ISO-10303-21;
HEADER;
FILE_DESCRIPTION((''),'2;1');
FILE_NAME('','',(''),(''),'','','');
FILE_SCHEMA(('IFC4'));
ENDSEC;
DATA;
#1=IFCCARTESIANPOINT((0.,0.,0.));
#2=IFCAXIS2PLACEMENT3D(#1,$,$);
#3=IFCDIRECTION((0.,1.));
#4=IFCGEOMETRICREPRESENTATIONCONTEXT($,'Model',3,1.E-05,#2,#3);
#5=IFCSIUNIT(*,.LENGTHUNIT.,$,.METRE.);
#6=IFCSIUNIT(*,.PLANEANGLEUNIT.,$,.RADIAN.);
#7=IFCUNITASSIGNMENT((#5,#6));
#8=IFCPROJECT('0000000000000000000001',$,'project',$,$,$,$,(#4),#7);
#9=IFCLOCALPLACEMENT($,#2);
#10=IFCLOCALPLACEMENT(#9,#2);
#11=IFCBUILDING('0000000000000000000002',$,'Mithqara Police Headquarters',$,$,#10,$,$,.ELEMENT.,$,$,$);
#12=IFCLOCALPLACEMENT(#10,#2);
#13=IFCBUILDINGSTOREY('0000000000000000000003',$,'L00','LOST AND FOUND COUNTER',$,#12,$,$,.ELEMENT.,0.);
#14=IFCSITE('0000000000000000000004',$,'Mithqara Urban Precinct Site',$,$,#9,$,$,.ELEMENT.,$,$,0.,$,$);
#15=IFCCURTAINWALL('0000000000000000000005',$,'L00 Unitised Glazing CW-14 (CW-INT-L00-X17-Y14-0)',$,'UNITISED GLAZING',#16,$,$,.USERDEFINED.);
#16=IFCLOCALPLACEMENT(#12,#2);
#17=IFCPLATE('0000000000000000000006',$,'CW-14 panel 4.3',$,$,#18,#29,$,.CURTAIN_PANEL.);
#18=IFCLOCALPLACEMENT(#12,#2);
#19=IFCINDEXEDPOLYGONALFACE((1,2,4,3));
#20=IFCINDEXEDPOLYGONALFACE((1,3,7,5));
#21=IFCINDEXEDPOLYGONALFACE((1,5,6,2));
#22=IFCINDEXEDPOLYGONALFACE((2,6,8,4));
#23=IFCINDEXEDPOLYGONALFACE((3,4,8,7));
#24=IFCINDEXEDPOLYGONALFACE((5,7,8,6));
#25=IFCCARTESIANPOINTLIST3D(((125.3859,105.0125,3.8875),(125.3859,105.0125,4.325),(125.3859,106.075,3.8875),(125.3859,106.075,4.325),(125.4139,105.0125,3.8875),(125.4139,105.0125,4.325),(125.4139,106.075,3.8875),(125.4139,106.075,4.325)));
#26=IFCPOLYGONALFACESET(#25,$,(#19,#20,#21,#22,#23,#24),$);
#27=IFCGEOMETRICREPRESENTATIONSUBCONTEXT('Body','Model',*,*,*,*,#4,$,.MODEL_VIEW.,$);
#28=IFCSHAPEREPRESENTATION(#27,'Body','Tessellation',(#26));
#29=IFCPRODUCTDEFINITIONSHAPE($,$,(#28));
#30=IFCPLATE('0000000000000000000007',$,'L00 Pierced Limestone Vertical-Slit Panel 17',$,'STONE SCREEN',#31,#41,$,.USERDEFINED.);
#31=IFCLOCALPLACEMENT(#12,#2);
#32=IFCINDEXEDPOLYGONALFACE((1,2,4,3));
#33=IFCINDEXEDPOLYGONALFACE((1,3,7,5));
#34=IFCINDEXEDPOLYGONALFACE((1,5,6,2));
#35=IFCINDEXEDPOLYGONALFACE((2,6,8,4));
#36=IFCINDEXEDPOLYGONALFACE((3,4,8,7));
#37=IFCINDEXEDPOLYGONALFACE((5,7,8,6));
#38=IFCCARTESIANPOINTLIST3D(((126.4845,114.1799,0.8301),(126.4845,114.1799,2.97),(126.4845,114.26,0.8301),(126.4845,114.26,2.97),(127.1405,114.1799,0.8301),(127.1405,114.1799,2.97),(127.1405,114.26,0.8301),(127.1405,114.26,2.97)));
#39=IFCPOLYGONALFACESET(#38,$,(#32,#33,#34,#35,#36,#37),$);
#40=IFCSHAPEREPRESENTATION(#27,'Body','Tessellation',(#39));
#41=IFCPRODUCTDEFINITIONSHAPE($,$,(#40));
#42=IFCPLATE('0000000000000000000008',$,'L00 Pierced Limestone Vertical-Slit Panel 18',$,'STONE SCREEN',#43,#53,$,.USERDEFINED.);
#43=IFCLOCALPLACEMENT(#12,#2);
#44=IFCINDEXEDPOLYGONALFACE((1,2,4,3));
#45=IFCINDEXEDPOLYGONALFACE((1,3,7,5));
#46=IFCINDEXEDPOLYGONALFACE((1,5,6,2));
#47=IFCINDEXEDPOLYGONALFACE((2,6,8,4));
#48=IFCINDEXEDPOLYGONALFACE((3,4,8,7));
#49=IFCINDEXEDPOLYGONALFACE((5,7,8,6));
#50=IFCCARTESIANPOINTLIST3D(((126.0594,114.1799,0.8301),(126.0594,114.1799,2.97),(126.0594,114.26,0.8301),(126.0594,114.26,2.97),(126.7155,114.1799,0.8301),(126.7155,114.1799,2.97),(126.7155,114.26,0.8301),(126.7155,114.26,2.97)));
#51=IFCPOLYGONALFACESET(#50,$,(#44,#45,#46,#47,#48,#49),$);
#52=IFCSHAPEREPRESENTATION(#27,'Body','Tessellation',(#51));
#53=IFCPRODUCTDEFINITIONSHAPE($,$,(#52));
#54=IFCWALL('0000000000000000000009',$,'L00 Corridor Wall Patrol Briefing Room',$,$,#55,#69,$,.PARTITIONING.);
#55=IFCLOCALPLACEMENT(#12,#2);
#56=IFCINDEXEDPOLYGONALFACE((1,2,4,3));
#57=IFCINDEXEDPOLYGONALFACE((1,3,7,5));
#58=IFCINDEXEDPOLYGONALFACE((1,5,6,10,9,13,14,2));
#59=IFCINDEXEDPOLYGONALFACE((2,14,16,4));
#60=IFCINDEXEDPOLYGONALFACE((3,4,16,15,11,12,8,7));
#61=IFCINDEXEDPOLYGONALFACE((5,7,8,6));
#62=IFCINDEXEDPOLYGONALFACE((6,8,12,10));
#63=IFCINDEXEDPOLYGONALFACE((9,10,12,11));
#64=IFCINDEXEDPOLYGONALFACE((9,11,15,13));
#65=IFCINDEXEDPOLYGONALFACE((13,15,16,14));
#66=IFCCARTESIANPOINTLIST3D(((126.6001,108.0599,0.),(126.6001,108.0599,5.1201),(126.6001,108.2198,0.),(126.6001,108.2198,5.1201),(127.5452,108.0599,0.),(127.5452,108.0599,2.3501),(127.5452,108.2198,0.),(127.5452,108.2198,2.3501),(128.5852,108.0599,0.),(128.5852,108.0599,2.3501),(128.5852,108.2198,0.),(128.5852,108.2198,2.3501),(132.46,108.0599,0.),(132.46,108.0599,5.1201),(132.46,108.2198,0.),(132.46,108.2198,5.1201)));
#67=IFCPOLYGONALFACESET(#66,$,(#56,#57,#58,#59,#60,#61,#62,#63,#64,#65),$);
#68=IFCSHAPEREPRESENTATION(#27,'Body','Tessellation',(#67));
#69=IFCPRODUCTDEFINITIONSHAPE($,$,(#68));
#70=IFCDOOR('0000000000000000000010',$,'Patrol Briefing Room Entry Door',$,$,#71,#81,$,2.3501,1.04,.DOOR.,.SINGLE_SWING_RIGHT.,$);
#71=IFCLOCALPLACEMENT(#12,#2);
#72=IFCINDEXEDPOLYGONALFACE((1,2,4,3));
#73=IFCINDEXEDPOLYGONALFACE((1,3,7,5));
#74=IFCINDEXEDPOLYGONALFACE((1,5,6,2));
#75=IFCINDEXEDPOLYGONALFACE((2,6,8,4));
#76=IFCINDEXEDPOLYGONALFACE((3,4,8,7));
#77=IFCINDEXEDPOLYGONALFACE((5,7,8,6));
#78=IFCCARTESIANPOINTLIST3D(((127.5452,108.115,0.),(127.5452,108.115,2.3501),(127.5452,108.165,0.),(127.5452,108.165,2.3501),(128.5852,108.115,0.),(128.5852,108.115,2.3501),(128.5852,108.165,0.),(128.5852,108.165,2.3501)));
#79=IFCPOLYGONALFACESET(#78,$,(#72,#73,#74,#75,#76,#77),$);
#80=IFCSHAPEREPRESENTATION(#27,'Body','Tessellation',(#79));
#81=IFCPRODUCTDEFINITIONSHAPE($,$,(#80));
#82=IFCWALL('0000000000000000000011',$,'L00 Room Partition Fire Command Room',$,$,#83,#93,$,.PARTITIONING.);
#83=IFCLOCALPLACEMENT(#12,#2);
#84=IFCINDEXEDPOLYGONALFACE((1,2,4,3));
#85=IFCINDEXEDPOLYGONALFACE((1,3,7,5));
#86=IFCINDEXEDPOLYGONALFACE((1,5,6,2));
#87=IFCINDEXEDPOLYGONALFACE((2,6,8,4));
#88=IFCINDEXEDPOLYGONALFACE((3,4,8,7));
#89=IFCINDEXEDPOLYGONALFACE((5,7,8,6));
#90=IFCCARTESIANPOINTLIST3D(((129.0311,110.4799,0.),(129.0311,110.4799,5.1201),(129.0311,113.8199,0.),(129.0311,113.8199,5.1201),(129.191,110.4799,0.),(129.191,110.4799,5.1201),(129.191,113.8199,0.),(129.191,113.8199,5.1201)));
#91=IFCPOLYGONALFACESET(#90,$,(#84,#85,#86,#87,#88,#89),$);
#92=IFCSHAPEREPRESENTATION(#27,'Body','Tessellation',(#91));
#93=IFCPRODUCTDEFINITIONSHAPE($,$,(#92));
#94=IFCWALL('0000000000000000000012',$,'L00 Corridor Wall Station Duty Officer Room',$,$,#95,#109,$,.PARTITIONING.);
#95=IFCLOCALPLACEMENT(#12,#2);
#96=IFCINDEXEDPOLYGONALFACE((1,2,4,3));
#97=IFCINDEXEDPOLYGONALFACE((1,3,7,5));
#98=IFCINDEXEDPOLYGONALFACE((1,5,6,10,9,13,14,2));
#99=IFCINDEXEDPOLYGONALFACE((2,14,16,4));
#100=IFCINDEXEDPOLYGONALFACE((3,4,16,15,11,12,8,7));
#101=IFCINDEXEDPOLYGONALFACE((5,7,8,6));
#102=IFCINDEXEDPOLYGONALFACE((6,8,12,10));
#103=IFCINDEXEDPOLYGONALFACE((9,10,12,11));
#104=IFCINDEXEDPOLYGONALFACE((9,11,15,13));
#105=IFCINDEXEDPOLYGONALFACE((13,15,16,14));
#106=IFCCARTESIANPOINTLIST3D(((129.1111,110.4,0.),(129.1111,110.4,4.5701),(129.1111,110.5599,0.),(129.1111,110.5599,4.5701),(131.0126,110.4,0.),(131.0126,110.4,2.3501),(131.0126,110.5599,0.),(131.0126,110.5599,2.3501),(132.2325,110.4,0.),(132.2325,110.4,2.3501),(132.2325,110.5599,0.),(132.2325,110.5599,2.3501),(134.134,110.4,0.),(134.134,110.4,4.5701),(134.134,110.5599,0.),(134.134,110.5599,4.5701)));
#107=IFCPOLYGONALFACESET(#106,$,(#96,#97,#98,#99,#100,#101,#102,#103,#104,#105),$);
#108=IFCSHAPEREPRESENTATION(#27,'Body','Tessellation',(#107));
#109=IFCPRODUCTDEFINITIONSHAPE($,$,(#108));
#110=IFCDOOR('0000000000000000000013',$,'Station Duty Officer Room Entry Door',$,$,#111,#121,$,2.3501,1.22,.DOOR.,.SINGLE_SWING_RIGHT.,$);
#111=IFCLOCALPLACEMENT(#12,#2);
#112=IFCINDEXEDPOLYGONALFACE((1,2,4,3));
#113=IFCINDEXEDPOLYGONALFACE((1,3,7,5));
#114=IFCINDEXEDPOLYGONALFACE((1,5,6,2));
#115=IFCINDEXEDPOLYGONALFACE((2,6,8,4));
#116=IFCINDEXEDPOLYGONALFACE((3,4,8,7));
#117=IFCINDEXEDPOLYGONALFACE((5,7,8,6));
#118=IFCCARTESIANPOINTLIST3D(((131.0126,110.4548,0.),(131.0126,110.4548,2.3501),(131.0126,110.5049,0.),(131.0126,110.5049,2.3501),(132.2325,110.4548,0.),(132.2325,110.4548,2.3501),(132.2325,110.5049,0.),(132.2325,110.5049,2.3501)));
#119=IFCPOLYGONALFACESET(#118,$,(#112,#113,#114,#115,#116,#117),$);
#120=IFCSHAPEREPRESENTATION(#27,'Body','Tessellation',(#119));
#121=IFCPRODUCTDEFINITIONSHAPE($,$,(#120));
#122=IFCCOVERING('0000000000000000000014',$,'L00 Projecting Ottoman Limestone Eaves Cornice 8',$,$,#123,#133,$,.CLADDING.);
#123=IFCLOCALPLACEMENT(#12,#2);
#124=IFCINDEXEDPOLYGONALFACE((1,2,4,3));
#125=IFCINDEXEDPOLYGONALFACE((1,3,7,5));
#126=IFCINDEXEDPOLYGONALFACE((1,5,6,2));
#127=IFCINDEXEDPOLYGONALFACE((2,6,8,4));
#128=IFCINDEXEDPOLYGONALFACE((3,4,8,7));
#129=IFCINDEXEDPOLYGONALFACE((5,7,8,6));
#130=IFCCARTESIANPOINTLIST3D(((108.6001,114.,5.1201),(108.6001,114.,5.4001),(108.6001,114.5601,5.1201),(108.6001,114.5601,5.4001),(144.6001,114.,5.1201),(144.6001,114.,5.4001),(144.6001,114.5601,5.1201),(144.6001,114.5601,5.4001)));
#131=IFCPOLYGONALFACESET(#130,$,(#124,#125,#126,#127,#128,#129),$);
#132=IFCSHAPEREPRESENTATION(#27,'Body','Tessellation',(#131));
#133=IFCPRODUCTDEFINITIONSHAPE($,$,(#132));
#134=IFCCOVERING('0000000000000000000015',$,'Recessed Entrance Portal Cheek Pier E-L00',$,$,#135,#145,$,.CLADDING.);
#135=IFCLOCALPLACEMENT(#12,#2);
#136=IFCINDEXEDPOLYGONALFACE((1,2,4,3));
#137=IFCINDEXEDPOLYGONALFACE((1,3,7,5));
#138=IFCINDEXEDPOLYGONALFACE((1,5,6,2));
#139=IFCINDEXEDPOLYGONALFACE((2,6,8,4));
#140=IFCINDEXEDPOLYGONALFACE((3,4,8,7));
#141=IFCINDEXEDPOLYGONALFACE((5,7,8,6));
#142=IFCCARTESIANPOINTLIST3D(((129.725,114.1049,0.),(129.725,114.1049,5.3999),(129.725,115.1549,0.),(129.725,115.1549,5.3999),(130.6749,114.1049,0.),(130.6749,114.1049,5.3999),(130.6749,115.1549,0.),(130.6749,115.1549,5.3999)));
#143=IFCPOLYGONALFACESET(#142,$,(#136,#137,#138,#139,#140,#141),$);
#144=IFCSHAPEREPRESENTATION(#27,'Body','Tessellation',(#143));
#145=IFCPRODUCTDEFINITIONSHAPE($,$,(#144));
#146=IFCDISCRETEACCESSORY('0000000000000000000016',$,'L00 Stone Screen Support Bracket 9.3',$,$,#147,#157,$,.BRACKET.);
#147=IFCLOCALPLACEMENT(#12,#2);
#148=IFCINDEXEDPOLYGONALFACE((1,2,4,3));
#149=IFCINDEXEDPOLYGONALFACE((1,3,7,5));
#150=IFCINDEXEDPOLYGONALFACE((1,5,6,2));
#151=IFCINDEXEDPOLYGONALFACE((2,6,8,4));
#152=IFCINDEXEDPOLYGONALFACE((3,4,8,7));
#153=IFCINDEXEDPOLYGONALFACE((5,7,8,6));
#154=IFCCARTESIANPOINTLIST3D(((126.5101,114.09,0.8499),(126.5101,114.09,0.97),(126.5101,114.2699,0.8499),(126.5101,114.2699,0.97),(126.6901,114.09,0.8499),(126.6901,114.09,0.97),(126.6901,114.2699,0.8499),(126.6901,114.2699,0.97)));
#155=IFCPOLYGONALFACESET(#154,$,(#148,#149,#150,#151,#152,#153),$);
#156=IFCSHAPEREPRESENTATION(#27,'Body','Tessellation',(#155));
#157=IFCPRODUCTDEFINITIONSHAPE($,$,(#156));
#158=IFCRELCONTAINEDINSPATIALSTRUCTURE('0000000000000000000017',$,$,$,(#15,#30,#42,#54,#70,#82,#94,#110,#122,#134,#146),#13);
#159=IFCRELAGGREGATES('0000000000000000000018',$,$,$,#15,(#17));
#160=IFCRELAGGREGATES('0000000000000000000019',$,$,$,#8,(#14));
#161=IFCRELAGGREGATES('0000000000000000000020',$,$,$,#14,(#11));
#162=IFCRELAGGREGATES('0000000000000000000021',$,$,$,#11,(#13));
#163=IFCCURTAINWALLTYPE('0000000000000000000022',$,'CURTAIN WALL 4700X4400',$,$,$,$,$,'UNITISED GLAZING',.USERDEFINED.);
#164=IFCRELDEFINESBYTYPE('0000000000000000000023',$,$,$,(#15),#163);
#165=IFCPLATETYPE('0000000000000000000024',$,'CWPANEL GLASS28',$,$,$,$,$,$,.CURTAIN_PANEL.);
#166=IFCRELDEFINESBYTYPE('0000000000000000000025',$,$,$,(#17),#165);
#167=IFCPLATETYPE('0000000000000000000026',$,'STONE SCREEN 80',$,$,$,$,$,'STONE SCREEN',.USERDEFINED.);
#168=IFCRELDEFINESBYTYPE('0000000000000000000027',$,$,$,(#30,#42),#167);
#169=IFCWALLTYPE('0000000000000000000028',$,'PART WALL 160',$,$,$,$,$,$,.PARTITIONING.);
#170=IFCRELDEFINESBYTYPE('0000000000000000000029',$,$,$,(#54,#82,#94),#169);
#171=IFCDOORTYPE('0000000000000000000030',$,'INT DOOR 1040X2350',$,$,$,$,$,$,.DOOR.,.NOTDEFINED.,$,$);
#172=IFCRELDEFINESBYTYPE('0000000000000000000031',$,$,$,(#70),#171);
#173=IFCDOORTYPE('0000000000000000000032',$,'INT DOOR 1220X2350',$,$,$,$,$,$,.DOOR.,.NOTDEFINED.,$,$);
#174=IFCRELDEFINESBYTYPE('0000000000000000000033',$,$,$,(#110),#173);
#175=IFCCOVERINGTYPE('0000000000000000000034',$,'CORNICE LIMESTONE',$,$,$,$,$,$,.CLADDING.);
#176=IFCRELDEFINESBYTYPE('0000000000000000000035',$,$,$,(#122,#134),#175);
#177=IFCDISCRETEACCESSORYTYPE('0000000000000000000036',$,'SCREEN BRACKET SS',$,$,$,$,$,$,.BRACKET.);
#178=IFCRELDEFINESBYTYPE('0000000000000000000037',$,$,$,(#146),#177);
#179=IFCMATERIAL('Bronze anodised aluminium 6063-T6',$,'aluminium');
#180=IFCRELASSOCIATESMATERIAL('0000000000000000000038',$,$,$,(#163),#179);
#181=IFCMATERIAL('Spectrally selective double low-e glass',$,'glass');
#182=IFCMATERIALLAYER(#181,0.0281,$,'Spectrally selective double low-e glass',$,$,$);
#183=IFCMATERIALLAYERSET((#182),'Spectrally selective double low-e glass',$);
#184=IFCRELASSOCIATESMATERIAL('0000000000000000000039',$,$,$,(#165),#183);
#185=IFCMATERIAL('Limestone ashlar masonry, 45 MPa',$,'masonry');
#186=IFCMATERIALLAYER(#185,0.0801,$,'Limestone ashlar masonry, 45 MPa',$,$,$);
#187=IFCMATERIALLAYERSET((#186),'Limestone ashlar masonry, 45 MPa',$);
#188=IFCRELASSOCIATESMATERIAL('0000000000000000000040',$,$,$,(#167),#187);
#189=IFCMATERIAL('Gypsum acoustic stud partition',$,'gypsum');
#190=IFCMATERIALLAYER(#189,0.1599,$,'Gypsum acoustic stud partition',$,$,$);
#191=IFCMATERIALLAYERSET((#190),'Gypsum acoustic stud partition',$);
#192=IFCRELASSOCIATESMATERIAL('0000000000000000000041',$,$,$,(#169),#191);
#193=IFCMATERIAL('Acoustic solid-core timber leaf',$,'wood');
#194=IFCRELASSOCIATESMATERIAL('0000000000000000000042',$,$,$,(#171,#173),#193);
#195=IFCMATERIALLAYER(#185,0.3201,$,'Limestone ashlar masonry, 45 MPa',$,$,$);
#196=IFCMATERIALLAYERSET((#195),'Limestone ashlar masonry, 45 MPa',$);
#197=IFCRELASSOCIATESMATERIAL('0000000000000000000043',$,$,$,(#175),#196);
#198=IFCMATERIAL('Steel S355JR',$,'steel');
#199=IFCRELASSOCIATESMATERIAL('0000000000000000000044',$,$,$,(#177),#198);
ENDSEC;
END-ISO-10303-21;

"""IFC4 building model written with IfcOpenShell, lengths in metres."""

from ifc_helpers import new_model, si_unit, direction, frame, frame_2d, origin, origin_2d, place, context, subcontext, project, spatial, rectangle, extrude, material, layer, layer_set, type_object, element, fill, aggregate, save


model = new_model("IFC4")

# Units and contexts
model_context = context("Model", 3, precision=1e-05, world=origin(), true_north=direction((0.0, 1.0)))
body_context = subcontext(model_context, "Body", "Model", "MODEL_VIEW")
ifc_project = project(units=[si_unit("LENGTHUNIT", "METRE"), si_unit("PLANEANGLEUNIT", "RADIAN")], contexts=[model_context])

# Site, building, storey
site_placement = place(None, origin())
site = spatial("IfcSite", under=ifc_project, at=site_placement, Name="Mithqara Urban Precinct Site", CompositionType="ELEMENT", RefElevation=0.0)
building_placement = place(site_placement, origin())
building = spatial("IfcBuilding", under=site, at=building_placement, Name="Mithqara Police Headquarters", CompositionType="ELEMENT")
storey_placement = place(building_placement, origin())
storey = spatial("IfcBuildingStorey", under=building, at=storey_placement, Name="L00", Description="LOST AND FOUND COUNTER", CompositionType="ELEMENT", Elevation=0.0)

# Shared definitions
ifc_material_1 = material(Name="Steel S355JR", Category="steel")

# Curtain wall
ifc_material_2 = material(Name="Bronze anodised aluminium 6063-T6", Category="aluminium")
curtain_wall_type = type_object("IfcCurtainWallType", Name="CURTAIN WALL 4700X4400", ElementType="UNITISED GLAZING", PredefinedType="USERDEFINED", material=ifc_material_2)
curtain_wall_placement = place(storey_placement, origin())
curtain_wall = element("IfcCurtainWall", 1, at=curtain_wall_placement, inside=storey, type_object=curtain_wall_type, Name="L00 Unitised Glazing CW-14 (CW-INT-L00-X17-Y14-0)", ObjectType="UNITISED GLAZING", PredefinedType="USERDEFINED")

# Plate
ifc_material_3 = material(Name="Spectrally selective double low-e glass", Category="glass")
ifc_layer_1 = layer(ifc_material_3, 0.0281, Name="Spectrally selective double low-e glass")
ifc_layer_set_1 = layer_set([ifc_layer_1], Name="Spectrally selective double low-e glass")
plate_type_1 = type_object("IfcPlateType", Name="CWPANEL GLASS28", PredefinedType="CURTAIN_PANEL", material=ifc_layer_set_1)
plate_1_placement = place(storey_placement, frame((125.3999, 105.5437, 3.8875), z_axis=(0.0, 0.0, 1.0), x_axis=(0.0, 1.0, 0.0)))
plate_1 = element("IfcPlate", 2, at=plate_1_placement, type_object=plate_type_1, Name="CW-14 panel 4.3", PredefinedType="CURTAIN_PANEL", context=body_context, shape_type="SweptSolid", body=[
    extrude(rectangle(XDim=1.0625, YDim=0.0281, at=origin_2d()), origin(), (0.0, 0.0, 1.0), 0.4375),
])
aggregate(curtain_wall, [plate_1])

# Plates
ifc_material_4 = material(Name="Limestone ashlar masonry, 45 MPa", Category="masonry")
ifc_layer_2 = layer(ifc_material_4, 0.0801, Name="Limestone ashlar masonry, 45 MPa")
ifc_layer_set_2 = layer_set([ifc_layer_2], Name="Limestone ashlar masonry, 45 MPa")
plate_type_2 = type_object("IfcPlateType", Name="STONE SCREEN 80", ElementType="STONE SCREEN", PredefinedType="USERDEFINED", material=ifc_layer_set_2)
for number, where, z_axis, x_axis, name in (
    (3, (126.8125, 114.22, 0.8301), (0.0, 0.0, 1.0), (1.0, 0.0, 0.0), "L00 Pierced Limestone Vertical-Slit Panel 17"),
    (4, (126.3875, 114.22, 0.8301), (0.0, 0.0, 1.0), (1.0, 0.0, 0.0), "L00 Pierced Limestone Vertical-Slit Panel 18"),
):
    element("IfcPlate", number, at=place(storey_placement, frame(where, z_axis=z_axis, x_axis=x_axis)), inside=storey, type_object=plate_type_2, Name=name, ObjectType="STONE SCREEN", PredefinedType="USERDEFINED", context=body_context, shape_type="SweptSolid", body=[
        extrude(rectangle(XDim=0.656, YDim=0.0801, at=origin_2d()), origin(), (0.0, 0.0, 1.0), 2.1399),
    ])

# Wall, opening, door
ifc_material_5 = material(Name="Gypsum acoustic stud partition", Category="gypsum")
ifc_layer_3 = layer(ifc_material_5, 0.1599, Name="Gypsum acoustic stud partition")
ifc_layer_set_3 = layer_set([ifc_layer_3], Name="Gypsum acoustic stud partition")
wall_type = type_object("IfcWallType", Name="PART WALL 160", PredefinedType="PARTITIONING", material=ifc_layer_set_3)
wall_1_placement = place(storey_placement, frame((126.6001, 108.1399, 0.0), z_axis=(0.0, 0.0, 1.0), x_axis=(1.0, 0.0, 0.0)))
wall_1 = element("IfcWall", 5, at=wall_1_placement, inside=storey, type_object=wall_type, Name="L00 Corridor Wall Patrol Briefing Room", PredefinedType="PARTITIONING", context=body_context, shape_type="SweptSolid", body=[
    extrude(rectangle(XDim=5.8599, YDim=0.1599, at=frame_2d((2.9299, 0.0))), origin(), (0.0, 0.0, 1.0), 5.1201),
])
opening_1_placement = place(wall_1_placement, frame((0.9451, 0.0, 0.0)))
opening_1 = element("IfcOpeningElement", 6, at=opening_1_placement, cuts=wall_1, PredefinedType="OPENING", context=body_context, shape_type="SweptSolid", body=[
    extrude(rectangle(XDim=1.04, YDim=2.3501, at=frame_2d((0.52, 1.175))), frame((0.0, 0.0898, 0.0), z_axis=(0.0, -1.0, 0.0), x_axis=(1.0, 0.0, 0.0)), (0.0, 0.0, 1.0), 0.1799),
])
ifc_material_6 = material(Name="Acoustic solid-core timber leaf", Category="wood")
door_type_1 = type_object("IfcDoorType", Name="INT DOOR 1040X2350", OperationType="NOTDEFINED", PredefinedType="DOOR", material=ifc_material_6)
door_1_placement = place(opening_1_placement, frame((1.04, 0.0, 0.0), z_axis=(0.0, 0.0, 1.0), x_axis=(-1.0, 0.0, 0.0)))
door_1 = element("IfcDoor", 7, at=door_1_placement, inside=storey, type_object=door_type_1, Name="Patrol Briefing Room Entry Door", OperationType="SINGLE_SWING_RIGHT", OverallHeight=2.3501, OverallWidth=1.04, PredefinedType="DOOR", context=body_context, shape_type="SweptSolid", body=[
    extrude(rectangle(XDim=1.04, YDim=2.3501, at=frame_2d((0.52, 1.175))), frame((0.0, 0.0249, 0.0), z_axis=(0.0, -1.0, 0.0), x_axis=(1.0, 0.0, 0.0)), (0.0, 0.0, 1.0), 0.05),
])
fill(opening_1, door_1)

# Wall
wall_2_placement = place(storey_placement, frame((129.1111, 110.48, 0.0), z_axis=(0.0, 0.0, 1.0), x_axis=(0.0, 1.0, 0.0)))
element("IfcWall", 8, at=wall_2_placement, inside=storey, type_object=wall_type, Name="L00 Room Partition Fire Command Room", PredefinedType="PARTITIONING", context=body_context, shape_type="SweptSolid", body=[
    extrude(rectangle(XDim=3.3401, YDim=0.1599, at=frame_2d((1.6699, 0.0))), origin(), (0.0, 0.0, 1.0), 5.1201),
])

# Wall, opening, door
wall_3_placement = place(storey_placement, frame((129.1111, 110.48, 0.0), z_axis=(0.0, 0.0, 1.0), x_axis=(1.0, 0.0, 0.0)))
wall_3 = element("IfcWall", 9, at=wall_3_placement, inside=storey, type_object=wall_type, Name="L00 Corridor Wall Station Duty Officer Room", PredefinedType="PARTITIONING", context=body_context, shape_type="SweptSolid", body=[
    extrude(rectangle(XDim=5.0229, YDim=0.1599, at=frame_2d((2.5115, 0.0))), origin(), (0.0, 0.0, 1.0), 4.5701),
])
opening_2_placement = place(wall_3_placement, frame((1.9016, 0.0, 0.0)))
opening_2 = element("IfcOpeningElement", 10, at=opening_2_placement, cuts=wall_3, PredefinedType="OPENING", context=body_context, shape_type="SweptSolid", body=[
    extrude(rectangle(XDim=1.22, YDim=2.3501, at=frame_2d((0.6099, 1.175))), frame((0.0, 0.0898, 0.0), z_axis=(0.0, -1.0, 0.0), x_axis=(1.0, 0.0, 0.0)), (0.0, 0.0, 1.0), 0.1799),
])
door_type_2 = type_object("IfcDoorType", Name="INT DOOR 1220X2350", OperationType="NOTDEFINED", PredefinedType="DOOR", material=ifc_material_6)
door_2_placement = place(opening_2_placement, origin())
door_2 = element("IfcDoor", 11, at=door_2_placement, inside=storey, type_object=door_type_2, Name="Station Duty Officer Room Entry Door", OperationType="SINGLE_SWING_RIGHT", OverallHeight=2.3501, OverallWidth=1.22, PredefinedType="DOOR", context=body_context, shape_type="SweptSolid", body=[
    extrude(rectangle(XDim=1.22, YDim=2.3501, at=frame_2d((0.6099, 1.175))), frame((0.0, 0.0249, 0.0), z_axis=(0.0, -1.0, 0.0), x_axis=(1.0, 0.0, 0.0)), (0.0, 0.0, 1.0), 0.05),
])
fill(opening_2, door_2)

# Coverings
ifc_layer_4 = layer(ifc_material_4, 0.3201, Name="Limestone ashlar masonry, 45 MPa")
ifc_layer_set_4 = layer_set([ifc_layer_4], Name="Limestone ashlar masonry, 45 MPa")
covering_type = type_object("IfcCoveringType", Name="CORNICE LIMESTONE", PredefinedType="CLADDING", material=ifc_layer_set_4)
covering_1_placement = place(storey_placement, frame((126.6001, 114.28, 5.1201), z_axis=(0.0, 0.0, 1.0), x_axis=(1.0, 0.0, 0.0)))
element("IfcCovering", 12, at=covering_1_placement, inside=storey, type_object=covering_type, Name="L00 Projecting Ottoman Limestone Eaves Cornice 8", PredefinedType="CLADDING", context=body_context, shape_type="SweptSolid", body=[
    extrude(rectangle(XDim=36.0, YDim=0.5601, at=origin_2d()), origin(), (0.0, 0.0, 1.0), 0.28),
])
covering_2_placement = place(storey_placement, frame((130.2, 114.6299, 0.0), z_axis=(0.0, 0.0, 1.0), x_axis=(1.0, 0.0, 0.0)))
element("IfcCovering", 13, at=covering_2_placement, inside=storey, type_object=covering_type, Name="Recessed Entrance Portal Cheek Pier E-L00", PredefinedType="CLADDING", context=body_context, shape_type="SweptSolid", body=[
    extrude(rectangle(XDim=0.95, YDim=1.05, at=origin_2d()), origin(), (0.0, 0.0, 1.0), 5.3999),
])

# Discrete accessory
discrete_accessory_type = type_object("IfcDiscreteAccessoryType", Name="SCREEN BRACKET SS", PredefinedType="BRACKET", material=ifc_material_1)
discrete_accessory_placement = place(storey_placement, frame((126.6001, 114.1799, 0.8499), z_axis=(0.0, 0.0, 1.0), x_axis=(1.0, 0.0, 0.0)))
element("IfcDiscreteAccessory", 14, at=discrete_accessory_placement, inside=storey, type_object=discrete_accessory_type, Name="L00 Stone Screen Support Bracket 9.3", PredefinedType="BRACKET", context=body_context, shape_type="SweptSolid", body=[
    extrude(rectangle(XDim=0.1799, YDim=0.1799, at=origin_2d()), origin(), (0.0, 0.0, 1.0), 0.1201),
])

save(model, "model.ifc")
